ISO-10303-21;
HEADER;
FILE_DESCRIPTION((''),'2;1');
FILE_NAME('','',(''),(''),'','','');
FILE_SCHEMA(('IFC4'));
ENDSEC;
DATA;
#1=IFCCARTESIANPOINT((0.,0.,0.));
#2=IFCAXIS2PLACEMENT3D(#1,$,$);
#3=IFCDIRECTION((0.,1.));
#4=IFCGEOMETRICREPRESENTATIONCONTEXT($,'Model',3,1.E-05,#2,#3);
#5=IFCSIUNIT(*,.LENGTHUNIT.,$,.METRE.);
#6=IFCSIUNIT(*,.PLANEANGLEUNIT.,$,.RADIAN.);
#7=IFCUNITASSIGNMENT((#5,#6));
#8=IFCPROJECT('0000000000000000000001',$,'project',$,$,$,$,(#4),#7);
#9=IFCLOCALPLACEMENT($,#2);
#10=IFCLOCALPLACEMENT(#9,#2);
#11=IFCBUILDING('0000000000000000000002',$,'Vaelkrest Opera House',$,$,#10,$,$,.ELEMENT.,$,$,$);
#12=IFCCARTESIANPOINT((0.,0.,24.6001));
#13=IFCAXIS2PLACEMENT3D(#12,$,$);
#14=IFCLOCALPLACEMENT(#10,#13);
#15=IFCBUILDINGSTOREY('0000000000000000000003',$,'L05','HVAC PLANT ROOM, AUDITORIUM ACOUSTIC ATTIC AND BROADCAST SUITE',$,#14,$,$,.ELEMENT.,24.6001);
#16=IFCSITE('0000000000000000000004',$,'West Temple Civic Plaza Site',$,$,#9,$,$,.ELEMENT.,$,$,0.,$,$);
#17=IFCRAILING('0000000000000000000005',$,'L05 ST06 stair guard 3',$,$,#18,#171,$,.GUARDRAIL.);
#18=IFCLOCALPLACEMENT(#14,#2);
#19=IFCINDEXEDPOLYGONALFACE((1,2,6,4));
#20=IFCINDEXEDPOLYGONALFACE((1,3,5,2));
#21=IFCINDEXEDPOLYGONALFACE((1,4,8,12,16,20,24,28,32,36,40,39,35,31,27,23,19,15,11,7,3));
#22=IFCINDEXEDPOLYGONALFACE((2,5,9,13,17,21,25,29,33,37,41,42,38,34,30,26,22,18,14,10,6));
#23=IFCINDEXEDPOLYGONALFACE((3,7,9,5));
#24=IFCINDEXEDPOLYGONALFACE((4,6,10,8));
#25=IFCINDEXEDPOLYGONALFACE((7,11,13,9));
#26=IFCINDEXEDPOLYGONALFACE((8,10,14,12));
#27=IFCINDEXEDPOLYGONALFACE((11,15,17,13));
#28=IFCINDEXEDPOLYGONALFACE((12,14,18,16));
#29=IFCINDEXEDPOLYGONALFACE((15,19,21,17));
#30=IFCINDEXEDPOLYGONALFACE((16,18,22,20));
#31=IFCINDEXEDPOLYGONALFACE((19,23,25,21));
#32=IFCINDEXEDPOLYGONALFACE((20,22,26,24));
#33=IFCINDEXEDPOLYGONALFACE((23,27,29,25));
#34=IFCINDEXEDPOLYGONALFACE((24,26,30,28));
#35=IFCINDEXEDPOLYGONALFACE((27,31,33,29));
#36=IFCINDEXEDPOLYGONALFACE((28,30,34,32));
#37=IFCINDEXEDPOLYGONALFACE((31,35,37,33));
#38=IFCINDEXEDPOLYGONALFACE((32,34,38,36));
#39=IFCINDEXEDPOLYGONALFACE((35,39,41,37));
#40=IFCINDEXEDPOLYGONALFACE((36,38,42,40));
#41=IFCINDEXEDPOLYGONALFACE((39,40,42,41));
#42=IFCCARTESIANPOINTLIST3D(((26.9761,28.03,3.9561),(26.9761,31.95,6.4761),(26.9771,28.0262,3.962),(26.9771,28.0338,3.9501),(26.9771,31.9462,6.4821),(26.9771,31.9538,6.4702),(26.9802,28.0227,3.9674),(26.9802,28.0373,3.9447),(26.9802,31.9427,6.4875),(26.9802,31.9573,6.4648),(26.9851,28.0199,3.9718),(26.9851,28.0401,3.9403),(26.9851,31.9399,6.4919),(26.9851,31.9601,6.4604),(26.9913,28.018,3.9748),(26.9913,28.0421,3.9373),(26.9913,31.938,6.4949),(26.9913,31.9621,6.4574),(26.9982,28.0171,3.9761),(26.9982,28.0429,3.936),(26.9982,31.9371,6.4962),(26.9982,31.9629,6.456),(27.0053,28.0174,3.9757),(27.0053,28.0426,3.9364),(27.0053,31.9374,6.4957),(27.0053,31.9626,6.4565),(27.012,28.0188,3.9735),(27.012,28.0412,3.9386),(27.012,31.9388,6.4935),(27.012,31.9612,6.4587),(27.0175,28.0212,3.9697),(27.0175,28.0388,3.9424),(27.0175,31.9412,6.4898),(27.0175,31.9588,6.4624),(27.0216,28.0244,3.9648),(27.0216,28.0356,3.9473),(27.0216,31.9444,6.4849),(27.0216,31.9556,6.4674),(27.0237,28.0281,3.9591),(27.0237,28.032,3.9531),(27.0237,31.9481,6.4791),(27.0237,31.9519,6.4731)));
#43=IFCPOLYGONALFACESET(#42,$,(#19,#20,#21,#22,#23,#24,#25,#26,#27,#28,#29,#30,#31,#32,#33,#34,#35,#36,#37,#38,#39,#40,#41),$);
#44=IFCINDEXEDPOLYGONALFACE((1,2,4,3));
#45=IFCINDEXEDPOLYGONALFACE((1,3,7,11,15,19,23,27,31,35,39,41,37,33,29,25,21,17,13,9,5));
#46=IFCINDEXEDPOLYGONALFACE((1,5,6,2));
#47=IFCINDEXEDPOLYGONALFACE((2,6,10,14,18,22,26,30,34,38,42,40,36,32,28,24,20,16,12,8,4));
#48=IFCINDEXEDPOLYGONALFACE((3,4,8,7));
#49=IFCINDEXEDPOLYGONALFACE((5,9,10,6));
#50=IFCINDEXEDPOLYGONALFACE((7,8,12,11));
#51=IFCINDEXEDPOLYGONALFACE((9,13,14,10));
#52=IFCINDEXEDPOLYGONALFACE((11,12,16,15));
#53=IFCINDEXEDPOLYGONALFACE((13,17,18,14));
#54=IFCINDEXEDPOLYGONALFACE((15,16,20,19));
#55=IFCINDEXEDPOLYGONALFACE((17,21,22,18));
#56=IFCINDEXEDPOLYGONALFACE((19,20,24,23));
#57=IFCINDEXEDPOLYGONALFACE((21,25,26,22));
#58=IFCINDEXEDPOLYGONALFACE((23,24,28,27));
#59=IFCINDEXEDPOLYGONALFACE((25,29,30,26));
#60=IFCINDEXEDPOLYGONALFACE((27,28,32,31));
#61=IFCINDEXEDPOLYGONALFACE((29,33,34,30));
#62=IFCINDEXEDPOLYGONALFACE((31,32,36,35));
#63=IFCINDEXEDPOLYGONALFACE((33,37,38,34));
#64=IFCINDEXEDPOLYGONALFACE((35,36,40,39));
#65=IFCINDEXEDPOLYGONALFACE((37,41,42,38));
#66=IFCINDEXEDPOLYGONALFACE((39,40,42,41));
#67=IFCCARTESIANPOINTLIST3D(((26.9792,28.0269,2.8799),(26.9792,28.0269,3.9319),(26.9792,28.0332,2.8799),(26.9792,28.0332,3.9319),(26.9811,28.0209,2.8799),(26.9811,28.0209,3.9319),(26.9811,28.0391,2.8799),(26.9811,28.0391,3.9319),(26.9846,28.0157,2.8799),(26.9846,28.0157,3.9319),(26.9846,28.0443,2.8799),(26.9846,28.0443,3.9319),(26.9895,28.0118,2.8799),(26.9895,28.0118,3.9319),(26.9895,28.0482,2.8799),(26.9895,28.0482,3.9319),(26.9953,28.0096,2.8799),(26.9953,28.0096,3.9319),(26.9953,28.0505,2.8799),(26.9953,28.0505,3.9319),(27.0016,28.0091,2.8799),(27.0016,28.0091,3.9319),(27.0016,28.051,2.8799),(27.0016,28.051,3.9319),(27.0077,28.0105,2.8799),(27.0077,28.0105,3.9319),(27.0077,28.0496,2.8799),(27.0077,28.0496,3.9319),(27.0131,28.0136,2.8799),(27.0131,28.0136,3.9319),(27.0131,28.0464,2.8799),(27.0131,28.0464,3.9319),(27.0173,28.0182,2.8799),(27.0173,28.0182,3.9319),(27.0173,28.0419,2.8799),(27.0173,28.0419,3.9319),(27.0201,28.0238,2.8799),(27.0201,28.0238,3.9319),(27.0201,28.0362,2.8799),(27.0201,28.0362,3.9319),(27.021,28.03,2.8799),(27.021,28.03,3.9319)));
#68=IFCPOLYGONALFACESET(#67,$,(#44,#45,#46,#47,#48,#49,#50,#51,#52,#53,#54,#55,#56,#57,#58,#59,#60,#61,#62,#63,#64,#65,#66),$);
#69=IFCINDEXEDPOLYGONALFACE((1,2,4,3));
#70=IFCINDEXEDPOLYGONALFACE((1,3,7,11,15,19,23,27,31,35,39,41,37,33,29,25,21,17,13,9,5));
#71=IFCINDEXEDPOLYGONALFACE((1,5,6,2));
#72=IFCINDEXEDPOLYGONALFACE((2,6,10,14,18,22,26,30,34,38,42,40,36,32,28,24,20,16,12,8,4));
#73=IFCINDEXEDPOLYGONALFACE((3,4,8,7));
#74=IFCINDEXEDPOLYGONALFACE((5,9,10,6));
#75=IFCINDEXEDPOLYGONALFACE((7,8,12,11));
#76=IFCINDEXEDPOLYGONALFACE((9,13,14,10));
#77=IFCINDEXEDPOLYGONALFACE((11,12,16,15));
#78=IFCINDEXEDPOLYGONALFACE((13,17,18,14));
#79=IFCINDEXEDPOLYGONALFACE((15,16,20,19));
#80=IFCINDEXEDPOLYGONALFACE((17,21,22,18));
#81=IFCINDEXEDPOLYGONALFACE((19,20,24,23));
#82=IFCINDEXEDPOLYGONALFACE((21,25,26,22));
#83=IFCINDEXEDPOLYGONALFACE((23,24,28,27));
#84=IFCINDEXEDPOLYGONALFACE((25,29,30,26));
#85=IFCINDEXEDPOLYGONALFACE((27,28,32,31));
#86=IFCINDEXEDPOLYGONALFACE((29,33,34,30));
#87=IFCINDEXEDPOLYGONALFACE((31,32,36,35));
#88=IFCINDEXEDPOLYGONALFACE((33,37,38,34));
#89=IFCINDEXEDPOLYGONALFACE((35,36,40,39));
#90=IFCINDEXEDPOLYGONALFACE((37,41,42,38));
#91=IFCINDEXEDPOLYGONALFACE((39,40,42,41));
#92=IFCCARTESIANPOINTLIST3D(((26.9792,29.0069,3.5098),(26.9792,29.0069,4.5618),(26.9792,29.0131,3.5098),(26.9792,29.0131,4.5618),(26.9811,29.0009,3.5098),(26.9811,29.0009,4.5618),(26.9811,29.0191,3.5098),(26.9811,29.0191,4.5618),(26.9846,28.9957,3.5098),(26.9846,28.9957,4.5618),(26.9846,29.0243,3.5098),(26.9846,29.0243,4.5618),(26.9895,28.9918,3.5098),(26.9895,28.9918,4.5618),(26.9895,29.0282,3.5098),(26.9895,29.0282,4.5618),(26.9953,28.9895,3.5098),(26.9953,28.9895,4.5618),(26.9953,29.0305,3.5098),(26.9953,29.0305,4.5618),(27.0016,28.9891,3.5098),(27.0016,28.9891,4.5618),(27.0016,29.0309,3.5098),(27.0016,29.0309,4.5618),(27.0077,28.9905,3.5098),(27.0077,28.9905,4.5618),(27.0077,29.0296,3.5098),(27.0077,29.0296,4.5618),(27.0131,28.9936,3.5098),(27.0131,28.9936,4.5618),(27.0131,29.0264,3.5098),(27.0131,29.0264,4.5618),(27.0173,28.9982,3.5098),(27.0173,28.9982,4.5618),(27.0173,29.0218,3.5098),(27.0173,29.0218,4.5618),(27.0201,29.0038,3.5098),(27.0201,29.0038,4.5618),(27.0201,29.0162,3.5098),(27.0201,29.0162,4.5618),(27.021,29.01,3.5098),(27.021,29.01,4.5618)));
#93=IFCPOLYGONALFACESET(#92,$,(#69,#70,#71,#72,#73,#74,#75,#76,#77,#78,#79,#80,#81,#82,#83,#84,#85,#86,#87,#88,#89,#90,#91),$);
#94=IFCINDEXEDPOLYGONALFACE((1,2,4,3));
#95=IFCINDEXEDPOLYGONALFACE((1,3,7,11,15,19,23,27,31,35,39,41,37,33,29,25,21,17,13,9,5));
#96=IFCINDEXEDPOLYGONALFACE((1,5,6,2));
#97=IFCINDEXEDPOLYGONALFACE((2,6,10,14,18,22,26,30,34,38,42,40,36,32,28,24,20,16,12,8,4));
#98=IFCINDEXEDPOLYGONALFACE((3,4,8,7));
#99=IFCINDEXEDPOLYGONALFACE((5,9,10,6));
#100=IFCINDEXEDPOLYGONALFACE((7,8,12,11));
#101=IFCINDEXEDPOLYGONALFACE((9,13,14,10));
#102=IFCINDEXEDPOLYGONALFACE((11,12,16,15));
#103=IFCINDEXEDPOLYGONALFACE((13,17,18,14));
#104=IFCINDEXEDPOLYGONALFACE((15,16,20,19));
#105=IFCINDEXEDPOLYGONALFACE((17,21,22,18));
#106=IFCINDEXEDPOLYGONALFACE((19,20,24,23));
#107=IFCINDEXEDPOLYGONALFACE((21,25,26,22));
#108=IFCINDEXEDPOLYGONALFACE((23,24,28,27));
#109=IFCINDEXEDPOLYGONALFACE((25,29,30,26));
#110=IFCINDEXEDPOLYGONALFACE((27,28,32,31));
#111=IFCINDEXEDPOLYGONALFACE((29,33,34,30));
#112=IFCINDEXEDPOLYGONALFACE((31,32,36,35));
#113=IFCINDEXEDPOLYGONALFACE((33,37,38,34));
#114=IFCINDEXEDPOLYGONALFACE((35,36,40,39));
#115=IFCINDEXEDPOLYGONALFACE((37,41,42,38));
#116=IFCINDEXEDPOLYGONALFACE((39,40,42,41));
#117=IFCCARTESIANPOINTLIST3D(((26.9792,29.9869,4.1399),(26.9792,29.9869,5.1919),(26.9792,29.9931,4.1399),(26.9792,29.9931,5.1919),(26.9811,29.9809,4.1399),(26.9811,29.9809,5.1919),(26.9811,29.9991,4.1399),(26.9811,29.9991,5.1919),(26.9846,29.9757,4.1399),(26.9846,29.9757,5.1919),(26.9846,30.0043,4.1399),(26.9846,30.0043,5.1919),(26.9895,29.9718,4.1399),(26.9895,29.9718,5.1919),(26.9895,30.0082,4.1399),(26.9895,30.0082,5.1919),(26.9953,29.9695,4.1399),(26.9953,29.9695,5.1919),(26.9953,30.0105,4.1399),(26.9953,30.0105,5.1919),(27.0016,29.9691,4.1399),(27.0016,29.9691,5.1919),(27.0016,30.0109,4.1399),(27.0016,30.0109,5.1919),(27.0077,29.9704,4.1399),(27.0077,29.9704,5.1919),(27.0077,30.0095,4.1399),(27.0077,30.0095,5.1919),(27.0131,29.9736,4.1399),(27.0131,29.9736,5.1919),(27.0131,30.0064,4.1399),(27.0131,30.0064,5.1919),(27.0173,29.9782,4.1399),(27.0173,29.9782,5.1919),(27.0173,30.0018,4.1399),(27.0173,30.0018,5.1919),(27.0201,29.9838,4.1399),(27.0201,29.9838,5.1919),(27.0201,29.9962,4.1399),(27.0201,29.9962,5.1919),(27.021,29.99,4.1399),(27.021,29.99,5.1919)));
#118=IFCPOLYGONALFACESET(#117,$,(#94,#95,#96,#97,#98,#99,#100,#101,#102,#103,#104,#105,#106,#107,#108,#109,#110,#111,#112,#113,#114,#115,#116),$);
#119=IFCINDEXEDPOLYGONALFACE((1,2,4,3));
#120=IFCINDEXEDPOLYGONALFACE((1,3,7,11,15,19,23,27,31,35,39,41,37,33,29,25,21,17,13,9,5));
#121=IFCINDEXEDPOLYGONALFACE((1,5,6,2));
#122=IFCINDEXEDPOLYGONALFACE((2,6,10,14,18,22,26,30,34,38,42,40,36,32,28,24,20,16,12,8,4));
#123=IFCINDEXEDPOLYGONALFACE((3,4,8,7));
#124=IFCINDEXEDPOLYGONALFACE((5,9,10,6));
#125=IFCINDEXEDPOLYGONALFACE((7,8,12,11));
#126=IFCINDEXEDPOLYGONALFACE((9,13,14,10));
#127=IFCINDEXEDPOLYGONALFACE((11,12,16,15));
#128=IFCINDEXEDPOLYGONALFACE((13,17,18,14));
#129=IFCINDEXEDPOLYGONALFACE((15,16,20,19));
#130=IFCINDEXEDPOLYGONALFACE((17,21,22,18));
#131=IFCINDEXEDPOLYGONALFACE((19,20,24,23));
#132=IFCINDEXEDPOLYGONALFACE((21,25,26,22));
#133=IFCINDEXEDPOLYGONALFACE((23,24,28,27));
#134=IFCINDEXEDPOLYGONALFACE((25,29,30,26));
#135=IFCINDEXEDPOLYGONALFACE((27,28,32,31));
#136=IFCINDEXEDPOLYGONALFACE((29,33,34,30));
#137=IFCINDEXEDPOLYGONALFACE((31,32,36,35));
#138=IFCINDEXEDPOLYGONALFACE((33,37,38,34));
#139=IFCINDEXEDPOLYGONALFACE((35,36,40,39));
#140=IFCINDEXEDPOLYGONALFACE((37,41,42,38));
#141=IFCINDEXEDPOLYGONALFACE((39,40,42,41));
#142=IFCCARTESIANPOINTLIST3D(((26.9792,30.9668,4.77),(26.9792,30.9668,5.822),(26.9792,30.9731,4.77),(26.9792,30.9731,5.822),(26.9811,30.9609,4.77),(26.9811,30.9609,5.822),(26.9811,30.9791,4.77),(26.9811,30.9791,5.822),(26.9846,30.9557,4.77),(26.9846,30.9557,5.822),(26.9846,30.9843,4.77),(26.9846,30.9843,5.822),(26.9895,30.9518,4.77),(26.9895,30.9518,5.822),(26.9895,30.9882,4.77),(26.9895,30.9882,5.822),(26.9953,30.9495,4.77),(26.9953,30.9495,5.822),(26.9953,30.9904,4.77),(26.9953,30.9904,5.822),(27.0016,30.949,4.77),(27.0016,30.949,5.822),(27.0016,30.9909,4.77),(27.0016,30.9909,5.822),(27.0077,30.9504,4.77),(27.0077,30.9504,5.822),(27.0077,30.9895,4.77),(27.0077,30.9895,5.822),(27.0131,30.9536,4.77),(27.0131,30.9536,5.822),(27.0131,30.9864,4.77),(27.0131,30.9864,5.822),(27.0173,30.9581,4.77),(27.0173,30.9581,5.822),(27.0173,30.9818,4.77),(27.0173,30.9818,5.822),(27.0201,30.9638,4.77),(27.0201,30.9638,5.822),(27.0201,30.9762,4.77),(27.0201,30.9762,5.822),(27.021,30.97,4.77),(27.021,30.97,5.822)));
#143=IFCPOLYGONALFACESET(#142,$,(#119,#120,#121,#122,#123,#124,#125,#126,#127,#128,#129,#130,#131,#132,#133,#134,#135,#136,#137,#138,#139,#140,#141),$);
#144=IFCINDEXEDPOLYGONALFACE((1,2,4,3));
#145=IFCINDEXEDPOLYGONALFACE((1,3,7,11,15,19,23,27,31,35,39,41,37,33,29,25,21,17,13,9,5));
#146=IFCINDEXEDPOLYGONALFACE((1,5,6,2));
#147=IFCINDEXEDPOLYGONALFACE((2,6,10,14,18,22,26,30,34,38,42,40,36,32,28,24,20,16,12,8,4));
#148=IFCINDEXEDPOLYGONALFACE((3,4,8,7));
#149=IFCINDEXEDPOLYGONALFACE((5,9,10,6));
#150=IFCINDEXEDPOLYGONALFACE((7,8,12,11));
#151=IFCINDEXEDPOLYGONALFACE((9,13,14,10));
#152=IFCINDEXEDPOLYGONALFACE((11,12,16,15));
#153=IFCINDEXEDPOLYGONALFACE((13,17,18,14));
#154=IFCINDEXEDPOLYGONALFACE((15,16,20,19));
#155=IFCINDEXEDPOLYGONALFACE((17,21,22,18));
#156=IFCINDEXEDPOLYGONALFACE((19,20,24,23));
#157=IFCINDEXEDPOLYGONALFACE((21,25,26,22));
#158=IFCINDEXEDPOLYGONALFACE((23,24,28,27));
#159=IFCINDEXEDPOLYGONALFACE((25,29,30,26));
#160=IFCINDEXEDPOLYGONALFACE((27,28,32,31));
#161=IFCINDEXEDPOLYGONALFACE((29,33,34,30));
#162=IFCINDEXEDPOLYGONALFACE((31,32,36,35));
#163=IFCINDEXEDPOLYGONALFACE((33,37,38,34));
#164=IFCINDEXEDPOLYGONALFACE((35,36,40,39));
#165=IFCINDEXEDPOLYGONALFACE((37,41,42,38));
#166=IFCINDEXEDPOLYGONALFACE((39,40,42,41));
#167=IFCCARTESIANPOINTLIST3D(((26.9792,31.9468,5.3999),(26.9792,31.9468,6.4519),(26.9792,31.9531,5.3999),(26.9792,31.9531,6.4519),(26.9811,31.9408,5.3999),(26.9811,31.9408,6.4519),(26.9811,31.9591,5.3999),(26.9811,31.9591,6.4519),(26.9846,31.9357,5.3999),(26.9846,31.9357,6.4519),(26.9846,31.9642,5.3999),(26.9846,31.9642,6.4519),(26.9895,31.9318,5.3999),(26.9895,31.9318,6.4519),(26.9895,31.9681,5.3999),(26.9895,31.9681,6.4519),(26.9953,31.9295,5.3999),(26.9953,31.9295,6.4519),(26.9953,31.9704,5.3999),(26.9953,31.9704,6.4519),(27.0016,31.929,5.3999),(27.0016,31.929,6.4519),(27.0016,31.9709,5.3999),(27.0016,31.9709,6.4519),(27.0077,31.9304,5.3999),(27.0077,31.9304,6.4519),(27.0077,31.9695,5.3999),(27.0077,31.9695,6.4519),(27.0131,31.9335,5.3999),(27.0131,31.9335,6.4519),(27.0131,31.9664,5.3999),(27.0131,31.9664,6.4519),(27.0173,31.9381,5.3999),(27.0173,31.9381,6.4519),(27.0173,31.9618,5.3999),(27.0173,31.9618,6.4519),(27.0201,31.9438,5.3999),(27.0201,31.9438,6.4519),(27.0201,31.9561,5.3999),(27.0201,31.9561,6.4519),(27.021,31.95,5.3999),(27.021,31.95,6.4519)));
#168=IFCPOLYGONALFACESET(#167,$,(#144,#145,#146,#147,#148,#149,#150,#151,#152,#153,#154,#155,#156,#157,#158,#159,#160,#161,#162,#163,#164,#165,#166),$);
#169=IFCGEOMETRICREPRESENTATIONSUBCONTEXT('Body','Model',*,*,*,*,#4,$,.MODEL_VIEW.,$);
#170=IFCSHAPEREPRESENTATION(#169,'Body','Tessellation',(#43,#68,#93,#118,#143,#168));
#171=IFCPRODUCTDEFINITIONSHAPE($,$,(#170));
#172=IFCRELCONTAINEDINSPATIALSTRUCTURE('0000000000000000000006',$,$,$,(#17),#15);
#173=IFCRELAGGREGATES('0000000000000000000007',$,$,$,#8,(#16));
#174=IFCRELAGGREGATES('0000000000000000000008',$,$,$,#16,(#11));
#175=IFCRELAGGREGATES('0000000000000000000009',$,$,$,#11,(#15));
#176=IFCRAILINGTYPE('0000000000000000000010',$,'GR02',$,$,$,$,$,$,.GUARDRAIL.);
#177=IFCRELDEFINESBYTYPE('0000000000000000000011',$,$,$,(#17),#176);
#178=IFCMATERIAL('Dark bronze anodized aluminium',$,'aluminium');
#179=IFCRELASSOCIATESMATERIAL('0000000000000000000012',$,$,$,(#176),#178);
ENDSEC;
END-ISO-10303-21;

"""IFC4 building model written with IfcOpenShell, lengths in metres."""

from ifc_helpers import new_model, si_unit, direction, frame, origin, origin_2d, place, context, subcontext, project, spatial, circle, extrude, material, type_object, element, save


model = new_model("IFC4")

# Units and contexts
model_context = context("Model", 3, precision=1e-05, world=origin(), true_north=direction((0.0, 1.0)))
body_context = subcontext(model_context, "Body", "Model", "MODEL_VIEW")
ifc_project = project(units=[si_unit("LENGTHUNIT", "METRE"), si_unit("PLANEANGLEUNIT", "RADIAN")], contexts=[model_context])

# Site, building, storey
site_placement = place(None, origin())
site = spatial("IfcSite", under=ifc_project, at=site_placement, Name="West Temple Civic Plaza Site", CompositionType="ELEMENT", RefElevation=0.0)
building_placement = place(site_placement, origin())
building = spatial("IfcBuilding", under=site, at=building_placement, Name="Vaelkrest Opera House", CompositionType="ELEMENT")
storey_placement = place(building_placement, frame((0.0, 0.0, 24.6001)))
storey = spatial("IfcBuildingStorey", under=building, at=storey_placement, Name="L05", Description="HVAC PLANT ROOM, AUDITORIUM ACOUSTIC ATTIC AND BROADCAST SUITE", CompositionType="ELEMENT", Elevation=24.6001)

# Railing
ifc_material_1 = material(Name="Dark bronze anodized aluminium", Category="aluminium")
railing_type_1 = type_object("IfcRailingType", Name="GR02", PredefinedType="GUARDRAIL", material=ifc_material_1)
railing_1_placement = place(storey_placement, frame((27.0, 28.03, 2.8799)))
element("IfcRailing", 1, at=railing_1_placement, inside=storey, type_object=railing_type_1, Name="L05 ST06 stair guard 3", PredefinedType="GUARDRAIL", context=body_context, shape_type="SweptSolid", body=[
    extrude(circle(Radius=0.0239, at=origin_2d()), frame((0.0, 0.0, 1.0762), z_axis=(0.0, 0.841172, 0.540768), x_axis=(-1.0, 0.0, 0.0)), (0.0, 0.0, 1.0), 4.6602),
    extrude(circle(Radius=0.021, at=origin_2d()), origin(), (0.0, 0.0, 1.0), 1.052),
    extrude(circle(Radius=0.021, at=origin_2d()), frame((0.0, 0.98, 0.6299)), (0.0, 0.0, 1.0), 1.052),
    extrude(circle(Radius=0.021, at=origin_2d()), frame((0.0, 1.96, 1.26)), (0.0, 0.0, 1.0), 1.052),
    extrude(circle(Radius=0.021, at=origin_2d()), frame((0.0, 2.9399, 1.8901)), (0.0, 0.0, 1.0), 1.052),
    extrude(circle(Radius=0.021, at=origin_2d()), frame((0.0, 3.9199, 2.52)), (0.0, 0.0, 1.0), 1.052),
])

save(model, "model.ifc")
